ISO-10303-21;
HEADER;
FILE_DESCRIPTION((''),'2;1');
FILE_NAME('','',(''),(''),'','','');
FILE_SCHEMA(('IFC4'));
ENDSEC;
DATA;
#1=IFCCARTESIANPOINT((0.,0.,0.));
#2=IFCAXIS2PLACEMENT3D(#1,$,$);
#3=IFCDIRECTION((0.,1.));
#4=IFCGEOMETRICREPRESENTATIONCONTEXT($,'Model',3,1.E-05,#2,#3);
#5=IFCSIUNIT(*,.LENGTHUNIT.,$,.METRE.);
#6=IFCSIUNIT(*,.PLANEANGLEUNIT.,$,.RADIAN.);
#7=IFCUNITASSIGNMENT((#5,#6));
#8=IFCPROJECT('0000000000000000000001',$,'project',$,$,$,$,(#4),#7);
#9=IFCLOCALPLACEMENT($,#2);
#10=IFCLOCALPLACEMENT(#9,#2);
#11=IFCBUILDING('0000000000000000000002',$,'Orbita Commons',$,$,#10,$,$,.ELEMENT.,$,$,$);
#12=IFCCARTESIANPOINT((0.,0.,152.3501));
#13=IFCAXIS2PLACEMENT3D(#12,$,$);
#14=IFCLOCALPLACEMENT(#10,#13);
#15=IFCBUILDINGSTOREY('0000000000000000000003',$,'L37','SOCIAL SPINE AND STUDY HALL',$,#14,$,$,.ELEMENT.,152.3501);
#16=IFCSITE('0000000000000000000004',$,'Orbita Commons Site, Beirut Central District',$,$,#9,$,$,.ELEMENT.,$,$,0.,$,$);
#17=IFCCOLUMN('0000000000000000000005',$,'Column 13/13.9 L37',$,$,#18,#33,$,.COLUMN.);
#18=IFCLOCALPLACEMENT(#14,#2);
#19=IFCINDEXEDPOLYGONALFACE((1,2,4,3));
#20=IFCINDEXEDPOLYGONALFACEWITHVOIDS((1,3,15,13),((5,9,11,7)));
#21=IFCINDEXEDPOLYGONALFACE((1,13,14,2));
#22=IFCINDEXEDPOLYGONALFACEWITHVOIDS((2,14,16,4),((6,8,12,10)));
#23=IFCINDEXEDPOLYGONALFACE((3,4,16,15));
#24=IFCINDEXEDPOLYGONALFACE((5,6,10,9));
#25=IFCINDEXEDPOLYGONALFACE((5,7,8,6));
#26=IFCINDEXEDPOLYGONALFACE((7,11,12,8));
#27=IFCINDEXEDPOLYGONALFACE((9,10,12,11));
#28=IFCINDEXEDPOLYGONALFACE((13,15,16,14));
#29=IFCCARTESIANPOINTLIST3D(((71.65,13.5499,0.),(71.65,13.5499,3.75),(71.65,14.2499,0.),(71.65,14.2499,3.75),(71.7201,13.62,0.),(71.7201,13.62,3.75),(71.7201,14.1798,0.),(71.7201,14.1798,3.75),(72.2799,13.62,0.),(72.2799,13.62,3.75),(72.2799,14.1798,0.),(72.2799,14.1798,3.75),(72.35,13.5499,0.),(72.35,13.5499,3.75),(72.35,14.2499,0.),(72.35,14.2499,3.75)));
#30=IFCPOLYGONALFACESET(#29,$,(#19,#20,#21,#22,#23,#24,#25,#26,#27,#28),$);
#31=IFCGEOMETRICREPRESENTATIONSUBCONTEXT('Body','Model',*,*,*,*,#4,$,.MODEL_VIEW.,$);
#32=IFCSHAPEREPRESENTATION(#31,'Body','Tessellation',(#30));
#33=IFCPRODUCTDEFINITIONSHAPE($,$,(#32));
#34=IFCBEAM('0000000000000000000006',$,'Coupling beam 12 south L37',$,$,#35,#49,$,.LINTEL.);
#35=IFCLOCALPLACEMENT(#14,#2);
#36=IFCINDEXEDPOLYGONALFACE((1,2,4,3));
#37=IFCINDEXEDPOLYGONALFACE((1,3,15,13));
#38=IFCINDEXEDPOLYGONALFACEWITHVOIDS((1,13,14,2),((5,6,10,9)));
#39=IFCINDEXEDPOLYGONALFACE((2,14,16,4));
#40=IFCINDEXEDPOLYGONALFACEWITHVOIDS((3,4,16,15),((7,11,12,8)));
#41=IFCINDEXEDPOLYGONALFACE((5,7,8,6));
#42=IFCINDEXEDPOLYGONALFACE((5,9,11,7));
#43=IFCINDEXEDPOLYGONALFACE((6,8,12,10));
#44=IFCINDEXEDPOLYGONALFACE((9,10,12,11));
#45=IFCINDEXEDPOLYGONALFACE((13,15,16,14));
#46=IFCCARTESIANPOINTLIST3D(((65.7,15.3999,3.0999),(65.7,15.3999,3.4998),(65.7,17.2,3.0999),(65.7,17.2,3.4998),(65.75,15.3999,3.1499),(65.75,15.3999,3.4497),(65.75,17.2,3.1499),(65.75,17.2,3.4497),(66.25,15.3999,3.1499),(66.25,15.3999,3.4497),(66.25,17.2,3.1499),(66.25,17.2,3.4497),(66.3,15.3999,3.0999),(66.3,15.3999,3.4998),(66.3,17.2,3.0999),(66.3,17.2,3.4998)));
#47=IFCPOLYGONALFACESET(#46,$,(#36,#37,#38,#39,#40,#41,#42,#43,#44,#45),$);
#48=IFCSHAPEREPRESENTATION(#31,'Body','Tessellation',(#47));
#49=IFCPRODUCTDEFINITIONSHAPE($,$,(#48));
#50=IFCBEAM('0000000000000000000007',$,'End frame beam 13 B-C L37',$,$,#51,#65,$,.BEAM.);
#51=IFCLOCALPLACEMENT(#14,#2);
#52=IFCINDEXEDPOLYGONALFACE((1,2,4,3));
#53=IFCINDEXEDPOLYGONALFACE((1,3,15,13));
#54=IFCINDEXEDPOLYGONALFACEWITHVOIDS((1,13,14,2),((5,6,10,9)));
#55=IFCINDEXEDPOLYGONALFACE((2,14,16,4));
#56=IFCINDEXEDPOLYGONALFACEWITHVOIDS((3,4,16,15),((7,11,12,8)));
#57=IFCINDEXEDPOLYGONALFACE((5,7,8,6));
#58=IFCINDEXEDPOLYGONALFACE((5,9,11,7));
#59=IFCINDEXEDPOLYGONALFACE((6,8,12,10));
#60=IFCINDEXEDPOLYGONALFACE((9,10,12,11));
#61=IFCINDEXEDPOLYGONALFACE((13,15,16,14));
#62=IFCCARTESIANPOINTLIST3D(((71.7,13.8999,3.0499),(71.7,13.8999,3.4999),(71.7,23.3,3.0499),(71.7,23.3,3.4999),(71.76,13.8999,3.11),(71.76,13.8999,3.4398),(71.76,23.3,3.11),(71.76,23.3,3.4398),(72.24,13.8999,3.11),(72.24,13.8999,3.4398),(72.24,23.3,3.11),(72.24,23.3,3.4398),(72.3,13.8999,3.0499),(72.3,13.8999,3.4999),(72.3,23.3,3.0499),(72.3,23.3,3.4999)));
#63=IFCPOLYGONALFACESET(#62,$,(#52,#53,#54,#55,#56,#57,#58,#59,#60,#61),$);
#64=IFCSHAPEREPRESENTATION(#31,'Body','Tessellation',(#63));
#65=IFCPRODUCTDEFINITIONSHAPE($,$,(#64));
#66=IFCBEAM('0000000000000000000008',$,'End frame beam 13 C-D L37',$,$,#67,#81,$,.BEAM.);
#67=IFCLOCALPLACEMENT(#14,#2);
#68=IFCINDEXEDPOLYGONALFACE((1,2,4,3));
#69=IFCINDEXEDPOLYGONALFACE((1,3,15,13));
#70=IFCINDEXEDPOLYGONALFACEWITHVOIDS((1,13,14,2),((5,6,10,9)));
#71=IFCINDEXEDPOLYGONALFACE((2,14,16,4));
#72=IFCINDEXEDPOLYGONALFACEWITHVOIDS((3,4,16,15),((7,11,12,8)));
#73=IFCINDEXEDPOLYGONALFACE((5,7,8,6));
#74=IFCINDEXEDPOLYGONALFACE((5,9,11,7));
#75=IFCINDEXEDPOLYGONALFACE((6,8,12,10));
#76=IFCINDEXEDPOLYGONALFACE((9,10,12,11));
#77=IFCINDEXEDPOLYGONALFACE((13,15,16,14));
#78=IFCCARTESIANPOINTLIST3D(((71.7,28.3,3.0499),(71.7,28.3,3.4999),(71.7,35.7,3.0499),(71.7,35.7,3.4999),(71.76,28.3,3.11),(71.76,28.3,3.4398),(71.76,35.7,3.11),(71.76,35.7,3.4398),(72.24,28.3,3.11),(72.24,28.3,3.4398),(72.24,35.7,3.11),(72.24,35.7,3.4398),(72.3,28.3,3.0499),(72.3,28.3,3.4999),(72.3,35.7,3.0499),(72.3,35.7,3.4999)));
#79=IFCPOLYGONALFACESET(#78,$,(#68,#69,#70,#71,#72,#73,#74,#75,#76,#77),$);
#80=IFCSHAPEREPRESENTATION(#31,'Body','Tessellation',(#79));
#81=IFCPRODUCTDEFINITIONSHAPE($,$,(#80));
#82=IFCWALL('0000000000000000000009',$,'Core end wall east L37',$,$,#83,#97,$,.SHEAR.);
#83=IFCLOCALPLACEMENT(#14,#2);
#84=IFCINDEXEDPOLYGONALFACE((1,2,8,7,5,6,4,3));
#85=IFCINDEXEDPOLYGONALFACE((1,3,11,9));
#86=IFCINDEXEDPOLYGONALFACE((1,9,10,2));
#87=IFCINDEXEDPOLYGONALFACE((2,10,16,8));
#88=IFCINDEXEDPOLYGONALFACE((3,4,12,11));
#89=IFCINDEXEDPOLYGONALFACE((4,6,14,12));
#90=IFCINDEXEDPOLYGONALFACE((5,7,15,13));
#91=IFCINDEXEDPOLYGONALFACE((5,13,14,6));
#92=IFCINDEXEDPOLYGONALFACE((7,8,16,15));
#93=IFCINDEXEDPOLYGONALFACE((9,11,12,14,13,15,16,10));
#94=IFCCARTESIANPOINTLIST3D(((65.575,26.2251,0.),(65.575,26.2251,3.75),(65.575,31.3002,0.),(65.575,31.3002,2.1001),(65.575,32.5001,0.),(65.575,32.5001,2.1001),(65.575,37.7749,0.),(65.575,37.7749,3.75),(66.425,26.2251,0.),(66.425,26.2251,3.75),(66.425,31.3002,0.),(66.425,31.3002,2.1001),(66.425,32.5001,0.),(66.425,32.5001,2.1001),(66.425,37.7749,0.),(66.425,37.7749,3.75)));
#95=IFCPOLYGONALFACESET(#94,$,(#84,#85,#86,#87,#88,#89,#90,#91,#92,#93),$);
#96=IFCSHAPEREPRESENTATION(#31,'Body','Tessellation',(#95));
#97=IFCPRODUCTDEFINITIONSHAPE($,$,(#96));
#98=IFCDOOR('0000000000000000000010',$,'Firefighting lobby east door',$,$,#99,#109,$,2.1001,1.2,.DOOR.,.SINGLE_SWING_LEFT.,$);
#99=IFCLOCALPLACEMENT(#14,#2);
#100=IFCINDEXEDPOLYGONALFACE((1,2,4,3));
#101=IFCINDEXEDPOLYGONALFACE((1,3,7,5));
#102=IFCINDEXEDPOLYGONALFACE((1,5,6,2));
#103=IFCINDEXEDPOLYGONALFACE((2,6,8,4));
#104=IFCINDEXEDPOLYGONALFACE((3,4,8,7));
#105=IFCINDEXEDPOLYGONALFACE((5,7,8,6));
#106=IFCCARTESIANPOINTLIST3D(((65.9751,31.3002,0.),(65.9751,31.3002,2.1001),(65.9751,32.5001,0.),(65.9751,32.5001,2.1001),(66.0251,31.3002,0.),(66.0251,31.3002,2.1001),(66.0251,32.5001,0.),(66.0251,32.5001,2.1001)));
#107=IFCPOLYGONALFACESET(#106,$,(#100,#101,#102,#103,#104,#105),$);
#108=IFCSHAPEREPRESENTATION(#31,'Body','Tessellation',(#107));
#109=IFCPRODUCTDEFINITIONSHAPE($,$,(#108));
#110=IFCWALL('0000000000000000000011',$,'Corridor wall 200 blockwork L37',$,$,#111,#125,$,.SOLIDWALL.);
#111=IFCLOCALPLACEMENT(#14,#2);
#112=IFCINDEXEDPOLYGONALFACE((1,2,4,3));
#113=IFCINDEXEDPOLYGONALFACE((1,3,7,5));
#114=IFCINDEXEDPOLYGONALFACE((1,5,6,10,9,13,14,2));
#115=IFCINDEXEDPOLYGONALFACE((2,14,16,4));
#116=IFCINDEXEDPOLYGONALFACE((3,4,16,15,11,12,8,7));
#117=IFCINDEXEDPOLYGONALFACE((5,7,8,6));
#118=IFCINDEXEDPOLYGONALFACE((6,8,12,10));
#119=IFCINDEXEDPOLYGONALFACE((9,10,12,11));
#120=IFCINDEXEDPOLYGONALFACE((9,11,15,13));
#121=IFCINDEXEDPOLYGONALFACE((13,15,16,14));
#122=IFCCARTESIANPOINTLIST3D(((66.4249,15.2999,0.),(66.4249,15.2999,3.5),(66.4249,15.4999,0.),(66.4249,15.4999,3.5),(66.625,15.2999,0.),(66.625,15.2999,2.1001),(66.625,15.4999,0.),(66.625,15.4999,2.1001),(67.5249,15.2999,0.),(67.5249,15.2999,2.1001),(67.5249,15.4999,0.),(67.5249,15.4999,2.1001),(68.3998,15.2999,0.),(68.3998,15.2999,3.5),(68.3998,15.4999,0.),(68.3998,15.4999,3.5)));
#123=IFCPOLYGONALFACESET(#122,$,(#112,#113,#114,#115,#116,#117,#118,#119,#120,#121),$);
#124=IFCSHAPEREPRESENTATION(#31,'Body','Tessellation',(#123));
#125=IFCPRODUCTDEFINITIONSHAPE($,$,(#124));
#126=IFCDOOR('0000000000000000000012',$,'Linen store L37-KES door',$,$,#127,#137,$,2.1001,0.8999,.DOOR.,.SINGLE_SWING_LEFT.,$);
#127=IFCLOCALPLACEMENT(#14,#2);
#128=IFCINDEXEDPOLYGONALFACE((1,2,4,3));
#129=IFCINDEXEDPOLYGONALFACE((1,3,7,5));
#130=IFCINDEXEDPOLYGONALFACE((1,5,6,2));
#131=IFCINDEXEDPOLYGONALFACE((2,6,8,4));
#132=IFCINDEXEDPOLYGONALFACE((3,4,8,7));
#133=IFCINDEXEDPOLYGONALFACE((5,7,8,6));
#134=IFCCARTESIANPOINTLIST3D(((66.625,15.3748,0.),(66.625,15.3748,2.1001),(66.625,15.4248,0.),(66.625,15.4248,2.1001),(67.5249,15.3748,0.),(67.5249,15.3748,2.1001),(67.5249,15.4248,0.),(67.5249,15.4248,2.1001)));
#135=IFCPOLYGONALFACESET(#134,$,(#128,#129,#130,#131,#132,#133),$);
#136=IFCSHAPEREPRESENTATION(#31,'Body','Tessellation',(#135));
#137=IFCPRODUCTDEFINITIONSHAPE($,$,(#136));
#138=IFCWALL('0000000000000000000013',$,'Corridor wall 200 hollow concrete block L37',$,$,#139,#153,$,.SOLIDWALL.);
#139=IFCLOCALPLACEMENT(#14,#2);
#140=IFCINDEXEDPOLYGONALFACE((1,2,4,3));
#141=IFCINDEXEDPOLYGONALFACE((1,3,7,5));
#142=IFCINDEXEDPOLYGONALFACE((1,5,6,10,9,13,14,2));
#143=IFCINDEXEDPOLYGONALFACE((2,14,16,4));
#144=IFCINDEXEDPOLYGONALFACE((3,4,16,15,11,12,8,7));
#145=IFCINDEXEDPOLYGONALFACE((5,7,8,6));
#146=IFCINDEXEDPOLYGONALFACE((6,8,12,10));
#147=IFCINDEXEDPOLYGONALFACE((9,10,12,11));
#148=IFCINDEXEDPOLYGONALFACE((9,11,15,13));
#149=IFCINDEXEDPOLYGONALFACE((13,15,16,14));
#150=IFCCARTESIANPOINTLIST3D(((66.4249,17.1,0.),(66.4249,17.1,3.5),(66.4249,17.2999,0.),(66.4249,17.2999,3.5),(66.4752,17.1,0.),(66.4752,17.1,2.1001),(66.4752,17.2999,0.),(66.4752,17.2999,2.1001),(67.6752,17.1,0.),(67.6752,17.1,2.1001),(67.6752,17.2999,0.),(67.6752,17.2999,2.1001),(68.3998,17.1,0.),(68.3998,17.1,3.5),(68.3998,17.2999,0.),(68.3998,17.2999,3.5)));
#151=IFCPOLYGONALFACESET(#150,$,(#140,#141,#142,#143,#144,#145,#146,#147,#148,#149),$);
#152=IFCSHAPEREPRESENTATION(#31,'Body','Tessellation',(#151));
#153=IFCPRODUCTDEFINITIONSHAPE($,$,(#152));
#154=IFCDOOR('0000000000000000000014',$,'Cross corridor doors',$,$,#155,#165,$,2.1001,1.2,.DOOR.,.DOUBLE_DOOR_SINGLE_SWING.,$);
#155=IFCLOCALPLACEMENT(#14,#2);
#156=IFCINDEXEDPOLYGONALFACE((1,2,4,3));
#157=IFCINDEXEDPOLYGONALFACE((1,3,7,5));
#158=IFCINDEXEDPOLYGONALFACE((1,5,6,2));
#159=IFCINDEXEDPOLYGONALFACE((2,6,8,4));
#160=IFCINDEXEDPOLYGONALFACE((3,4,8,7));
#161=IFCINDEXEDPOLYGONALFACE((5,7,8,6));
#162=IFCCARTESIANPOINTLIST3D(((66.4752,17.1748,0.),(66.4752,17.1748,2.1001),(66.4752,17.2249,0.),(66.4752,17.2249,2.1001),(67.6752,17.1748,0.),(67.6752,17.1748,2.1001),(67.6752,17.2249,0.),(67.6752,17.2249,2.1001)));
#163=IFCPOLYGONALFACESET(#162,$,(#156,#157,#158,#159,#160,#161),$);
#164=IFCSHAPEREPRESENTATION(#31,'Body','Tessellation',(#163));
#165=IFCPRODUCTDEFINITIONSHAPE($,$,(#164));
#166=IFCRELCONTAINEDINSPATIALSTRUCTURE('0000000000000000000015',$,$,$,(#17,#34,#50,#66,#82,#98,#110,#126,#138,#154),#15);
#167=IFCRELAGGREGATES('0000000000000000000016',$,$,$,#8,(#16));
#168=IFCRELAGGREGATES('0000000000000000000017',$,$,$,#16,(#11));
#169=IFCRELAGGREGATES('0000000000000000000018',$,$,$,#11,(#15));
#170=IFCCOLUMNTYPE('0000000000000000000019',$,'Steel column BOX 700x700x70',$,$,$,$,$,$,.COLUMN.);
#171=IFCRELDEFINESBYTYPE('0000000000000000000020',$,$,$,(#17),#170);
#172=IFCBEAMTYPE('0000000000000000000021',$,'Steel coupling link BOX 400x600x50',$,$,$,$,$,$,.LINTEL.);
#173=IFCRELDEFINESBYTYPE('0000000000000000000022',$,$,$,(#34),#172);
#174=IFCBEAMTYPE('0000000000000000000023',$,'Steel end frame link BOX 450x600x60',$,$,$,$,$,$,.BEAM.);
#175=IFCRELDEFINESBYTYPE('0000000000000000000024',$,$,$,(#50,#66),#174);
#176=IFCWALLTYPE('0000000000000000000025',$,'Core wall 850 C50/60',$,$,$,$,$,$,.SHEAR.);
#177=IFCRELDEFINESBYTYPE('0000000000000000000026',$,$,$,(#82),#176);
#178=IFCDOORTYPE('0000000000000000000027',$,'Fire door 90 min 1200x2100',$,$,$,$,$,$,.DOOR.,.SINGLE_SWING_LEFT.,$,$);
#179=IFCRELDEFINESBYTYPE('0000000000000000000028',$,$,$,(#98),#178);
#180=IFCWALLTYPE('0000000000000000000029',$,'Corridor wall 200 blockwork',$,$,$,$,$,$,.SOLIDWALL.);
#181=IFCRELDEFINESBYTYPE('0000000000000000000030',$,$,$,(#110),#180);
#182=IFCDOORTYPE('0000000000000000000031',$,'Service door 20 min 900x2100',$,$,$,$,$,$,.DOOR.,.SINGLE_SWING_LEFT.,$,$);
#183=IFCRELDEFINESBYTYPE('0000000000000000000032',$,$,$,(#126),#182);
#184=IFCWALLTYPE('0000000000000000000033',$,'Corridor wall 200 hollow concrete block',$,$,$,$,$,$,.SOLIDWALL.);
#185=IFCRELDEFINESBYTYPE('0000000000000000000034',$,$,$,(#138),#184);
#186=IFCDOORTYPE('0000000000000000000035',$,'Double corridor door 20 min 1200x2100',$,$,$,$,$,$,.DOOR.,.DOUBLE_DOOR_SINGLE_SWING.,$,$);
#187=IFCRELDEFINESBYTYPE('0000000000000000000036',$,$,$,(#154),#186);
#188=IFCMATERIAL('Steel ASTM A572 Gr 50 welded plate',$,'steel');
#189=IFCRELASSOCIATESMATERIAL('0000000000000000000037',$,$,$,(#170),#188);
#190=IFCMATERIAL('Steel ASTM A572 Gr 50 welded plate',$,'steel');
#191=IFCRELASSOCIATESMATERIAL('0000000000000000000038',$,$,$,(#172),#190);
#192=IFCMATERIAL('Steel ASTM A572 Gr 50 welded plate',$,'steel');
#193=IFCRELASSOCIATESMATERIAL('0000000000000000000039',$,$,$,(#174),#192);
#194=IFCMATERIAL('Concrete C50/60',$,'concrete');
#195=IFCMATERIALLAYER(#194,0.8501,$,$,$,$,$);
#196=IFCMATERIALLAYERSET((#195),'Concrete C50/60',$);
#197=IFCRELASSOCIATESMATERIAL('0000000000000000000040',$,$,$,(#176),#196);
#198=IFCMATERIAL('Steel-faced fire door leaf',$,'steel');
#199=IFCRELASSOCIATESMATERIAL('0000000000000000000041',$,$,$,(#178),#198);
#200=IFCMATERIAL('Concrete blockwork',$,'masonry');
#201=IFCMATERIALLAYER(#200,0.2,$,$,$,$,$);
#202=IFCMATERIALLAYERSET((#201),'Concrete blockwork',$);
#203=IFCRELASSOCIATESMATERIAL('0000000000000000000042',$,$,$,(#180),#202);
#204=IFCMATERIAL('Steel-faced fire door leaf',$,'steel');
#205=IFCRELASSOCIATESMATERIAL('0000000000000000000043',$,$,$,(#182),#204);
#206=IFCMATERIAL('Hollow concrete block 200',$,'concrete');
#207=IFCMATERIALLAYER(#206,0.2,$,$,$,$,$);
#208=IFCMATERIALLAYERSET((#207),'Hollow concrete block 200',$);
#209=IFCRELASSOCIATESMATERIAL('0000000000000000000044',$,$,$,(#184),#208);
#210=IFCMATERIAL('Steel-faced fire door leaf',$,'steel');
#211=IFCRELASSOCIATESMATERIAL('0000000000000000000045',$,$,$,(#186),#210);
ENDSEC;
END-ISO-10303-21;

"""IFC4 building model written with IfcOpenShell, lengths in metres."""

from ifc_helpers import new_model, si_unit, direction, frame, frame_2d, origin, origin_2d, place, context, subcontext, project, spatial, rectangle, hollow_rectangle, extrude, material, layer, layer_set, material_profile, profile_set, type_object, element, fill, save


model = new_model("IFC4")

# Units and contexts
model_context = context("Model", 3, precision=1e-05, world=origin(), true_north=direction((0.0, 1.0)))
body_context = subcontext(model_context, "Body", "Model", "MODEL_VIEW")
ifc_project = project(units=[si_unit("LENGTHUNIT", "METRE"), si_unit("PLANEANGLEUNIT", "RADIAN")], contexts=[model_context])

# Site, building, storey
site_placement = place(None, origin())
site = spatial("IfcSite", under=ifc_project, at=site_placement, Name="Orbita Commons Site, Beirut Central District", CompositionType="ELEMENT", RefElevation=0.0)
building_placement = place(site_placement, origin())
building = spatial("IfcBuilding", under=site, at=building_placement, Name="Orbita Commons", CompositionType="ELEMENT")
storey_placement = place(building_placement, frame((0.0, 0.0, 152.3501)))
storey = spatial("IfcBuildingStorey", under=building, at=storey_placement, Name="L37", Description="SOCIAL SPINE AND STUDY HALL", CompositionType="ELEMENT", Elevation=152.3501)

# Column
ifc_material_1 = material(Name="Steel ASTM A572 Gr 50 welded plate", Category="steel")
ifc_material_profile_1 = material_profile(ifc_material_1, hollow_rectangle(XDim=0.7, YDim=0.7, WallThickness=0.0701, at=origin_2d()), Name="BOX 700x700x70")
ifc_profile_set_1 = profile_set([ifc_material_profile_1], Name="Steel ASTM A572 Gr 50 welded plate")
column_type = type_object("IfcColumnType", Name="Steel column BOX 700x700x70", PredefinedType="COLUMN", material=ifc_profile_set_1)
column_placement = place(storey_placement, frame((72.0, 13.8999, 0.0), z_axis=(0.0, 0.0, 1.0), x_axis=(1.0, 0.0, 0.0)))
element("IfcColumn", 1, at=column_placement, inside=storey, type_object=column_type, Name="Column 13/13.9 L37", PredefinedType="COLUMN", context=body_context, shape_type="SweptSolid", body=[
    extrude(hollow_rectangle(XDim=0.7, YDim=0.7, WallThickness=0.0701, at=origin_2d()), origin(), (0.0, 0.0, 1.0), 3.75),
])

# Beams
ifc_material_2 = material(Name="Steel ASTM A572 Gr 50 welded plate", Category="steel")
ifc_material_profile_2 = material_profile(ifc_material_2, hollow_rectangle(XDim=0.6001, YDim=0.3999, WallThickness=0.05, at=origin_2d()), Name="BOX 400x600x50")
ifc_profile_set_2 = profile_set([ifc_material_profile_2], Name="Steel ASTM A572 Gr 50 welded plate")
beam_type_1 = type_object("IfcBeamType", Name="Steel coupling link BOX 400x600x50", PredefinedType="LINTEL", material=ifc_profile_set_2)
beam_1_placement = place(storey_placement, frame((66.0, 15.3999, 3.2998), z_axis=(0.0, 1.0, 0.0), x_axis=(-1.0, 0.0, 0.0)))
element("IfcBeam", 2, at=beam_1_placement, inside=storey, type_object=beam_type_1, Name="Coupling beam 12 south L37", PredefinedType="LINTEL", context=body_context, shape_type="SweptSolid", body=[
    extrude(hollow_rectangle(XDim=0.6001, YDim=0.3999, WallThickness=0.05, at=origin_2d()), origin(), (0.0, 0.0, 1.0), 1.8),
])
ifc_material_3 = material(Name="Steel ASTM A572 Gr 50 welded plate", Category="steel")
ifc_material_profile_3 = material_profile(ifc_material_3, hollow_rectangle(XDim=0.6001, YDim=0.45, WallThickness=0.0601, at=origin_2d()), Name="BOX 450x600x60")
ifc_profile_set_3 = profile_set([ifc_material_profile_3], Name="Steel ASTM A572 Gr 50 welded plate")
beam_type_2 = type_object("IfcBeamType", Name="Steel end frame link BOX 450x600x60", PredefinedType="BEAM", material=ifc_profile_set_3)
beam_2_placement = place(storey_placement, frame((72.0, 13.8999, 3.2749), z_axis=(0.0, 1.0, 0.0), x_axis=(-1.0, 0.0, 0.0)))
element("IfcBeam", 3, at=beam_2_placement, inside=storey, type_object=beam_type_2, Name="End frame beam 13 B-C L37", PredefinedType="BEAM", context=body_context, shape_type="SweptSolid", body=[
    extrude(hollow_rectangle(XDim=0.6001, YDim=0.45, WallThickness=0.0601, at=origin_2d()), origin(), (0.0, 0.0, 1.0), 9.4001),
])
beam_3_placement = place(storey_placement, frame((72.0, 28.3, 3.2749), z_axis=(0.0, 1.0, 0.0), x_axis=(-1.0, 0.0, 0.0)))
element("IfcBeam", 4, at=beam_3_placement, inside=storey, type_object=beam_type_2, Name="End frame beam 13 C-D L37", PredefinedType="BEAM", context=body_context, shape_type="SweptSolid", body=[
    extrude(hollow_rectangle(XDim=0.6001, YDim=0.45, WallThickness=0.0601, at=origin_2d()), origin(), (0.0, 0.0, 1.0), 7.3999),
])

# Walls, openings, doors
ifc_material_4 = material(Name="Concrete C50/60", Category="concrete")
ifc_layer_1 = layer(ifc_material_4, 0.8501)
ifc_layer_set_1 = layer_set([ifc_layer_1], Name="Concrete C50/60")
wall_type_1 = type_object("IfcWallType", Name="Core wall 850 C50/60", PredefinedType="SHEAR", material=ifc_layer_set_1)
wall_1_placement = place(storey_placement, frame((66.0, 26.2251, 0.0), z_axis=(0.0, 0.0, 1.0), x_axis=(0.0, 1.0, 0.0)))
wall_1 = element("IfcWall", 5, at=wall_1_placement, inside=storey, type_object=wall_type_1, Name="Core end wall east L37", PredefinedType="SHEAR", context=body_context, shape_type="SweptSolid", body=[
    extrude(rectangle(XDim=11.5498, YDim=0.8501, at=frame_2d((5.7749, 0.0))), origin(), (0.0, 0.0, 1.0), 3.75),
])
opening_1_placement = place(wall_1_placement, frame((5.075, 0.0, 0.0)))
opening_1 = element("IfcOpeningElement", 6, at=opening_1_placement, cuts=wall_1, PredefinedType="OPENING", context=body_context, shape_type="SweptSolid", body=[
    extrude(rectangle(XDim=1.2, YDim=2.1001, at=frame_2d((0.6001, 1.05))), frame((0.0, 0.4351, 0.0), z_axis=(0.0, -1.0, 0.0), x_axis=(1.0, 0.0, 0.0)), (0.0, 0.0, 1.0), 0.8701),
])
ifc_material_5 = material(Name="Steel-faced fire door leaf", Category="steel")
door_type_1 = type_object("IfcDoorType", Name="Fire door 90 min 1200x2100", OperationType="SINGLE_SWING_LEFT", PredefinedType="DOOR", material=ifc_material_5)
door_1_placement = place(opening_1_placement, origin())
door_1 = element("IfcDoor", 7, at=door_1_placement, inside=storey, type_object=door_type_1, Name="Firefighting lobby east door", OperationType="SINGLE_SWING_LEFT", OverallHeight=2.1001, OverallWidth=1.2, PredefinedType="DOOR", context=body_context, shape_type="SweptSolid", body=[
    extrude(rectangle(XDim=1.2, YDim=2.1001, at=frame_2d((0.6001, 1.05))), frame((0.0, 0.0249, 0.0), z_axis=(0.0, -1.0, 0.0), x_axis=(1.0, 0.0, 0.0)), (0.0, 0.0, 1.0), 0.05),
])
fill(opening_1, door_1)
ifc_material_6 = material(Name="Concrete blockwork", Category="masonry")
ifc_layer_2 = layer(ifc_material_6, 0.2)
ifc_layer_set_2 = layer_set([ifc_layer_2], Name="Concrete blockwork")
wall_type_2 = type_object("IfcWallType", Name="Corridor wall 200 blockwork", PredefinedType="SOLIDWALL", material=ifc_layer_set_2)
wall_2_placement = place(storey_placement, frame((66.425, 15.3999, 0.0), z_axis=(0.0, 0.0, 1.0), x_axis=(1.0, 0.0, 0.0)))
wall_2 = element("IfcWall", 8, at=wall_2_placement, inside=storey, type_object=wall_type_2, Name="Corridor wall 200 blockwork L37", PredefinedType="SOLIDWALL", context=body_context, shape_type="SweptSolid", body=[
    extrude(rectangle(XDim=1.9749, YDim=0.2, at=frame_2d((0.9873, 0.0))), origin(), (0.0, 0.0, 1.0), 3.5),
])
opening_2_placement = place(wall_2_placement, frame((0.2, 0.0, 0.0)))
opening_2 = element("IfcOpeningElement", 9, at=opening_2_placement, cuts=wall_2, PredefinedType="OPENING", context=body_context, shape_type="SweptSolid", body=[
    extrude(rectangle(XDim=0.8999, YDim=2.1001, at=frame_2d((0.45, 1.05))), frame((0.0, 0.1099, 0.0), z_axis=(0.0, -1.0, 0.0), x_axis=(1.0, 0.0, 0.0)), (0.0, 0.0, 1.0), 0.22),
])
ifc_material_7 = material(Name="Steel-faced fire door leaf", Category="steel")
door_type_2 = type_object("IfcDoorType", Name="Service door 20 min 900x2100", OperationType="SINGLE_SWING_LEFT", PredefinedType="DOOR", material=ifc_material_7)
door_2_placement = place(opening_2_placement, origin())
door_2 = element("IfcDoor", 10, at=door_2_placement, inside=storey, type_object=door_type_2, Name="Linen store L37-KES door", OperationType="SINGLE_SWING_LEFT", OverallHeight=2.1001, OverallWidth=0.8999, PredefinedType="DOOR", context=body_context, shape_type="SweptSolid", body=[
    extrude(rectangle(XDim=0.8999, YDim=2.1001, at=frame_2d((0.45, 1.05))), frame((0.0, 0.0249, 0.0), z_axis=(0.0, -1.0, 0.0), x_axis=(1.0, 0.0, 0.0)), (0.0, 0.0, 1.0), 0.05),
])
fill(opening_2, door_2)
ifc_material_8 = material(Name="Hollow concrete block 200", Category="concrete")
ifc_layer_3 = layer(ifc_material_8, 0.2)
ifc_layer_set_3 = layer_set([ifc_layer_3], Name="Hollow concrete block 200")
wall_type_3 = type_object("IfcWallType", Name="Corridor wall 200 hollow concrete block", PredefinedType="SOLIDWALL", material=ifc_layer_set_3)
wall_3_placement = place(storey_placement, frame((66.425, 17.2, 0.0), z_axis=(0.0, 0.0, 1.0), x_axis=(1.0, 0.0, 0.0)))
wall_3 = element("IfcWall", 11, at=wall_3_placement, inside=storey, type_object=wall_type_3, Name="Corridor wall 200 hollow concrete block L37", PredefinedType="SOLIDWALL", context=body_context, shape_type="SweptSolid", body=[
    extrude(rectangle(XDim=1.9749, YDim=0.2, at=frame_2d((0.9873, 0.0))), origin(), (0.0, 0.0, 1.0), 3.5),
])
opening_3_placement = place(wall_3_placement, frame((0.05, 0.0, 0.0)))
opening_3 = element("IfcOpeningElement", 12, at=opening_3_placement, cuts=wall_3, PredefinedType="OPENING", context=body_context, shape_type="SweptSolid", body=[
    extrude(rectangle(XDim=1.2, YDim=2.1001, at=frame_2d((0.6001, 1.05))), frame((0.0, 0.1099, 0.0), z_axis=(0.0, -1.0, 0.0), x_axis=(1.0, 0.0, 0.0)), (0.0, 0.0, 1.0), 0.22),
])
ifc_material_9 = material(Name="Steel-faced fire door leaf", Category="steel")
door_type_3 = type_object("IfcDoorType", Name="Double corridor door 20 min 1200x2100", OperationType="DOUBLE_DOOR_SINGLE_SWING", PredefinedType="DOOR", material=ifc_material_9)
door_3_placement = place(opening_3_placement, origin())
door_3 = element("IfcDoor", 13, at=door_3_placement, inside=storey, type_object=door_type_3, Name="Cross corridor doors", OperationType="DOUBLE_DOOR_SINGLE_SWING", OverallHeight=2.1001, OverallWidth=1.2, PredefinedType="DOOR", context=body_context, shape_type="SweptSolid", body=[
    extrude(rectangle(XDim=1.2, YDim=2.1001, at=frame_2d((0.6001, 1.05))), frame((0.0, 0.0249, 0.0), z_axis=(0.0, -1.0, 0.0), x_axis=(1.0, 0.0, 0.0)), (0.0, 0.0, 1.0), 0.05),
])
fill(opening_3, door_3)

save(model, "model.ifc")
